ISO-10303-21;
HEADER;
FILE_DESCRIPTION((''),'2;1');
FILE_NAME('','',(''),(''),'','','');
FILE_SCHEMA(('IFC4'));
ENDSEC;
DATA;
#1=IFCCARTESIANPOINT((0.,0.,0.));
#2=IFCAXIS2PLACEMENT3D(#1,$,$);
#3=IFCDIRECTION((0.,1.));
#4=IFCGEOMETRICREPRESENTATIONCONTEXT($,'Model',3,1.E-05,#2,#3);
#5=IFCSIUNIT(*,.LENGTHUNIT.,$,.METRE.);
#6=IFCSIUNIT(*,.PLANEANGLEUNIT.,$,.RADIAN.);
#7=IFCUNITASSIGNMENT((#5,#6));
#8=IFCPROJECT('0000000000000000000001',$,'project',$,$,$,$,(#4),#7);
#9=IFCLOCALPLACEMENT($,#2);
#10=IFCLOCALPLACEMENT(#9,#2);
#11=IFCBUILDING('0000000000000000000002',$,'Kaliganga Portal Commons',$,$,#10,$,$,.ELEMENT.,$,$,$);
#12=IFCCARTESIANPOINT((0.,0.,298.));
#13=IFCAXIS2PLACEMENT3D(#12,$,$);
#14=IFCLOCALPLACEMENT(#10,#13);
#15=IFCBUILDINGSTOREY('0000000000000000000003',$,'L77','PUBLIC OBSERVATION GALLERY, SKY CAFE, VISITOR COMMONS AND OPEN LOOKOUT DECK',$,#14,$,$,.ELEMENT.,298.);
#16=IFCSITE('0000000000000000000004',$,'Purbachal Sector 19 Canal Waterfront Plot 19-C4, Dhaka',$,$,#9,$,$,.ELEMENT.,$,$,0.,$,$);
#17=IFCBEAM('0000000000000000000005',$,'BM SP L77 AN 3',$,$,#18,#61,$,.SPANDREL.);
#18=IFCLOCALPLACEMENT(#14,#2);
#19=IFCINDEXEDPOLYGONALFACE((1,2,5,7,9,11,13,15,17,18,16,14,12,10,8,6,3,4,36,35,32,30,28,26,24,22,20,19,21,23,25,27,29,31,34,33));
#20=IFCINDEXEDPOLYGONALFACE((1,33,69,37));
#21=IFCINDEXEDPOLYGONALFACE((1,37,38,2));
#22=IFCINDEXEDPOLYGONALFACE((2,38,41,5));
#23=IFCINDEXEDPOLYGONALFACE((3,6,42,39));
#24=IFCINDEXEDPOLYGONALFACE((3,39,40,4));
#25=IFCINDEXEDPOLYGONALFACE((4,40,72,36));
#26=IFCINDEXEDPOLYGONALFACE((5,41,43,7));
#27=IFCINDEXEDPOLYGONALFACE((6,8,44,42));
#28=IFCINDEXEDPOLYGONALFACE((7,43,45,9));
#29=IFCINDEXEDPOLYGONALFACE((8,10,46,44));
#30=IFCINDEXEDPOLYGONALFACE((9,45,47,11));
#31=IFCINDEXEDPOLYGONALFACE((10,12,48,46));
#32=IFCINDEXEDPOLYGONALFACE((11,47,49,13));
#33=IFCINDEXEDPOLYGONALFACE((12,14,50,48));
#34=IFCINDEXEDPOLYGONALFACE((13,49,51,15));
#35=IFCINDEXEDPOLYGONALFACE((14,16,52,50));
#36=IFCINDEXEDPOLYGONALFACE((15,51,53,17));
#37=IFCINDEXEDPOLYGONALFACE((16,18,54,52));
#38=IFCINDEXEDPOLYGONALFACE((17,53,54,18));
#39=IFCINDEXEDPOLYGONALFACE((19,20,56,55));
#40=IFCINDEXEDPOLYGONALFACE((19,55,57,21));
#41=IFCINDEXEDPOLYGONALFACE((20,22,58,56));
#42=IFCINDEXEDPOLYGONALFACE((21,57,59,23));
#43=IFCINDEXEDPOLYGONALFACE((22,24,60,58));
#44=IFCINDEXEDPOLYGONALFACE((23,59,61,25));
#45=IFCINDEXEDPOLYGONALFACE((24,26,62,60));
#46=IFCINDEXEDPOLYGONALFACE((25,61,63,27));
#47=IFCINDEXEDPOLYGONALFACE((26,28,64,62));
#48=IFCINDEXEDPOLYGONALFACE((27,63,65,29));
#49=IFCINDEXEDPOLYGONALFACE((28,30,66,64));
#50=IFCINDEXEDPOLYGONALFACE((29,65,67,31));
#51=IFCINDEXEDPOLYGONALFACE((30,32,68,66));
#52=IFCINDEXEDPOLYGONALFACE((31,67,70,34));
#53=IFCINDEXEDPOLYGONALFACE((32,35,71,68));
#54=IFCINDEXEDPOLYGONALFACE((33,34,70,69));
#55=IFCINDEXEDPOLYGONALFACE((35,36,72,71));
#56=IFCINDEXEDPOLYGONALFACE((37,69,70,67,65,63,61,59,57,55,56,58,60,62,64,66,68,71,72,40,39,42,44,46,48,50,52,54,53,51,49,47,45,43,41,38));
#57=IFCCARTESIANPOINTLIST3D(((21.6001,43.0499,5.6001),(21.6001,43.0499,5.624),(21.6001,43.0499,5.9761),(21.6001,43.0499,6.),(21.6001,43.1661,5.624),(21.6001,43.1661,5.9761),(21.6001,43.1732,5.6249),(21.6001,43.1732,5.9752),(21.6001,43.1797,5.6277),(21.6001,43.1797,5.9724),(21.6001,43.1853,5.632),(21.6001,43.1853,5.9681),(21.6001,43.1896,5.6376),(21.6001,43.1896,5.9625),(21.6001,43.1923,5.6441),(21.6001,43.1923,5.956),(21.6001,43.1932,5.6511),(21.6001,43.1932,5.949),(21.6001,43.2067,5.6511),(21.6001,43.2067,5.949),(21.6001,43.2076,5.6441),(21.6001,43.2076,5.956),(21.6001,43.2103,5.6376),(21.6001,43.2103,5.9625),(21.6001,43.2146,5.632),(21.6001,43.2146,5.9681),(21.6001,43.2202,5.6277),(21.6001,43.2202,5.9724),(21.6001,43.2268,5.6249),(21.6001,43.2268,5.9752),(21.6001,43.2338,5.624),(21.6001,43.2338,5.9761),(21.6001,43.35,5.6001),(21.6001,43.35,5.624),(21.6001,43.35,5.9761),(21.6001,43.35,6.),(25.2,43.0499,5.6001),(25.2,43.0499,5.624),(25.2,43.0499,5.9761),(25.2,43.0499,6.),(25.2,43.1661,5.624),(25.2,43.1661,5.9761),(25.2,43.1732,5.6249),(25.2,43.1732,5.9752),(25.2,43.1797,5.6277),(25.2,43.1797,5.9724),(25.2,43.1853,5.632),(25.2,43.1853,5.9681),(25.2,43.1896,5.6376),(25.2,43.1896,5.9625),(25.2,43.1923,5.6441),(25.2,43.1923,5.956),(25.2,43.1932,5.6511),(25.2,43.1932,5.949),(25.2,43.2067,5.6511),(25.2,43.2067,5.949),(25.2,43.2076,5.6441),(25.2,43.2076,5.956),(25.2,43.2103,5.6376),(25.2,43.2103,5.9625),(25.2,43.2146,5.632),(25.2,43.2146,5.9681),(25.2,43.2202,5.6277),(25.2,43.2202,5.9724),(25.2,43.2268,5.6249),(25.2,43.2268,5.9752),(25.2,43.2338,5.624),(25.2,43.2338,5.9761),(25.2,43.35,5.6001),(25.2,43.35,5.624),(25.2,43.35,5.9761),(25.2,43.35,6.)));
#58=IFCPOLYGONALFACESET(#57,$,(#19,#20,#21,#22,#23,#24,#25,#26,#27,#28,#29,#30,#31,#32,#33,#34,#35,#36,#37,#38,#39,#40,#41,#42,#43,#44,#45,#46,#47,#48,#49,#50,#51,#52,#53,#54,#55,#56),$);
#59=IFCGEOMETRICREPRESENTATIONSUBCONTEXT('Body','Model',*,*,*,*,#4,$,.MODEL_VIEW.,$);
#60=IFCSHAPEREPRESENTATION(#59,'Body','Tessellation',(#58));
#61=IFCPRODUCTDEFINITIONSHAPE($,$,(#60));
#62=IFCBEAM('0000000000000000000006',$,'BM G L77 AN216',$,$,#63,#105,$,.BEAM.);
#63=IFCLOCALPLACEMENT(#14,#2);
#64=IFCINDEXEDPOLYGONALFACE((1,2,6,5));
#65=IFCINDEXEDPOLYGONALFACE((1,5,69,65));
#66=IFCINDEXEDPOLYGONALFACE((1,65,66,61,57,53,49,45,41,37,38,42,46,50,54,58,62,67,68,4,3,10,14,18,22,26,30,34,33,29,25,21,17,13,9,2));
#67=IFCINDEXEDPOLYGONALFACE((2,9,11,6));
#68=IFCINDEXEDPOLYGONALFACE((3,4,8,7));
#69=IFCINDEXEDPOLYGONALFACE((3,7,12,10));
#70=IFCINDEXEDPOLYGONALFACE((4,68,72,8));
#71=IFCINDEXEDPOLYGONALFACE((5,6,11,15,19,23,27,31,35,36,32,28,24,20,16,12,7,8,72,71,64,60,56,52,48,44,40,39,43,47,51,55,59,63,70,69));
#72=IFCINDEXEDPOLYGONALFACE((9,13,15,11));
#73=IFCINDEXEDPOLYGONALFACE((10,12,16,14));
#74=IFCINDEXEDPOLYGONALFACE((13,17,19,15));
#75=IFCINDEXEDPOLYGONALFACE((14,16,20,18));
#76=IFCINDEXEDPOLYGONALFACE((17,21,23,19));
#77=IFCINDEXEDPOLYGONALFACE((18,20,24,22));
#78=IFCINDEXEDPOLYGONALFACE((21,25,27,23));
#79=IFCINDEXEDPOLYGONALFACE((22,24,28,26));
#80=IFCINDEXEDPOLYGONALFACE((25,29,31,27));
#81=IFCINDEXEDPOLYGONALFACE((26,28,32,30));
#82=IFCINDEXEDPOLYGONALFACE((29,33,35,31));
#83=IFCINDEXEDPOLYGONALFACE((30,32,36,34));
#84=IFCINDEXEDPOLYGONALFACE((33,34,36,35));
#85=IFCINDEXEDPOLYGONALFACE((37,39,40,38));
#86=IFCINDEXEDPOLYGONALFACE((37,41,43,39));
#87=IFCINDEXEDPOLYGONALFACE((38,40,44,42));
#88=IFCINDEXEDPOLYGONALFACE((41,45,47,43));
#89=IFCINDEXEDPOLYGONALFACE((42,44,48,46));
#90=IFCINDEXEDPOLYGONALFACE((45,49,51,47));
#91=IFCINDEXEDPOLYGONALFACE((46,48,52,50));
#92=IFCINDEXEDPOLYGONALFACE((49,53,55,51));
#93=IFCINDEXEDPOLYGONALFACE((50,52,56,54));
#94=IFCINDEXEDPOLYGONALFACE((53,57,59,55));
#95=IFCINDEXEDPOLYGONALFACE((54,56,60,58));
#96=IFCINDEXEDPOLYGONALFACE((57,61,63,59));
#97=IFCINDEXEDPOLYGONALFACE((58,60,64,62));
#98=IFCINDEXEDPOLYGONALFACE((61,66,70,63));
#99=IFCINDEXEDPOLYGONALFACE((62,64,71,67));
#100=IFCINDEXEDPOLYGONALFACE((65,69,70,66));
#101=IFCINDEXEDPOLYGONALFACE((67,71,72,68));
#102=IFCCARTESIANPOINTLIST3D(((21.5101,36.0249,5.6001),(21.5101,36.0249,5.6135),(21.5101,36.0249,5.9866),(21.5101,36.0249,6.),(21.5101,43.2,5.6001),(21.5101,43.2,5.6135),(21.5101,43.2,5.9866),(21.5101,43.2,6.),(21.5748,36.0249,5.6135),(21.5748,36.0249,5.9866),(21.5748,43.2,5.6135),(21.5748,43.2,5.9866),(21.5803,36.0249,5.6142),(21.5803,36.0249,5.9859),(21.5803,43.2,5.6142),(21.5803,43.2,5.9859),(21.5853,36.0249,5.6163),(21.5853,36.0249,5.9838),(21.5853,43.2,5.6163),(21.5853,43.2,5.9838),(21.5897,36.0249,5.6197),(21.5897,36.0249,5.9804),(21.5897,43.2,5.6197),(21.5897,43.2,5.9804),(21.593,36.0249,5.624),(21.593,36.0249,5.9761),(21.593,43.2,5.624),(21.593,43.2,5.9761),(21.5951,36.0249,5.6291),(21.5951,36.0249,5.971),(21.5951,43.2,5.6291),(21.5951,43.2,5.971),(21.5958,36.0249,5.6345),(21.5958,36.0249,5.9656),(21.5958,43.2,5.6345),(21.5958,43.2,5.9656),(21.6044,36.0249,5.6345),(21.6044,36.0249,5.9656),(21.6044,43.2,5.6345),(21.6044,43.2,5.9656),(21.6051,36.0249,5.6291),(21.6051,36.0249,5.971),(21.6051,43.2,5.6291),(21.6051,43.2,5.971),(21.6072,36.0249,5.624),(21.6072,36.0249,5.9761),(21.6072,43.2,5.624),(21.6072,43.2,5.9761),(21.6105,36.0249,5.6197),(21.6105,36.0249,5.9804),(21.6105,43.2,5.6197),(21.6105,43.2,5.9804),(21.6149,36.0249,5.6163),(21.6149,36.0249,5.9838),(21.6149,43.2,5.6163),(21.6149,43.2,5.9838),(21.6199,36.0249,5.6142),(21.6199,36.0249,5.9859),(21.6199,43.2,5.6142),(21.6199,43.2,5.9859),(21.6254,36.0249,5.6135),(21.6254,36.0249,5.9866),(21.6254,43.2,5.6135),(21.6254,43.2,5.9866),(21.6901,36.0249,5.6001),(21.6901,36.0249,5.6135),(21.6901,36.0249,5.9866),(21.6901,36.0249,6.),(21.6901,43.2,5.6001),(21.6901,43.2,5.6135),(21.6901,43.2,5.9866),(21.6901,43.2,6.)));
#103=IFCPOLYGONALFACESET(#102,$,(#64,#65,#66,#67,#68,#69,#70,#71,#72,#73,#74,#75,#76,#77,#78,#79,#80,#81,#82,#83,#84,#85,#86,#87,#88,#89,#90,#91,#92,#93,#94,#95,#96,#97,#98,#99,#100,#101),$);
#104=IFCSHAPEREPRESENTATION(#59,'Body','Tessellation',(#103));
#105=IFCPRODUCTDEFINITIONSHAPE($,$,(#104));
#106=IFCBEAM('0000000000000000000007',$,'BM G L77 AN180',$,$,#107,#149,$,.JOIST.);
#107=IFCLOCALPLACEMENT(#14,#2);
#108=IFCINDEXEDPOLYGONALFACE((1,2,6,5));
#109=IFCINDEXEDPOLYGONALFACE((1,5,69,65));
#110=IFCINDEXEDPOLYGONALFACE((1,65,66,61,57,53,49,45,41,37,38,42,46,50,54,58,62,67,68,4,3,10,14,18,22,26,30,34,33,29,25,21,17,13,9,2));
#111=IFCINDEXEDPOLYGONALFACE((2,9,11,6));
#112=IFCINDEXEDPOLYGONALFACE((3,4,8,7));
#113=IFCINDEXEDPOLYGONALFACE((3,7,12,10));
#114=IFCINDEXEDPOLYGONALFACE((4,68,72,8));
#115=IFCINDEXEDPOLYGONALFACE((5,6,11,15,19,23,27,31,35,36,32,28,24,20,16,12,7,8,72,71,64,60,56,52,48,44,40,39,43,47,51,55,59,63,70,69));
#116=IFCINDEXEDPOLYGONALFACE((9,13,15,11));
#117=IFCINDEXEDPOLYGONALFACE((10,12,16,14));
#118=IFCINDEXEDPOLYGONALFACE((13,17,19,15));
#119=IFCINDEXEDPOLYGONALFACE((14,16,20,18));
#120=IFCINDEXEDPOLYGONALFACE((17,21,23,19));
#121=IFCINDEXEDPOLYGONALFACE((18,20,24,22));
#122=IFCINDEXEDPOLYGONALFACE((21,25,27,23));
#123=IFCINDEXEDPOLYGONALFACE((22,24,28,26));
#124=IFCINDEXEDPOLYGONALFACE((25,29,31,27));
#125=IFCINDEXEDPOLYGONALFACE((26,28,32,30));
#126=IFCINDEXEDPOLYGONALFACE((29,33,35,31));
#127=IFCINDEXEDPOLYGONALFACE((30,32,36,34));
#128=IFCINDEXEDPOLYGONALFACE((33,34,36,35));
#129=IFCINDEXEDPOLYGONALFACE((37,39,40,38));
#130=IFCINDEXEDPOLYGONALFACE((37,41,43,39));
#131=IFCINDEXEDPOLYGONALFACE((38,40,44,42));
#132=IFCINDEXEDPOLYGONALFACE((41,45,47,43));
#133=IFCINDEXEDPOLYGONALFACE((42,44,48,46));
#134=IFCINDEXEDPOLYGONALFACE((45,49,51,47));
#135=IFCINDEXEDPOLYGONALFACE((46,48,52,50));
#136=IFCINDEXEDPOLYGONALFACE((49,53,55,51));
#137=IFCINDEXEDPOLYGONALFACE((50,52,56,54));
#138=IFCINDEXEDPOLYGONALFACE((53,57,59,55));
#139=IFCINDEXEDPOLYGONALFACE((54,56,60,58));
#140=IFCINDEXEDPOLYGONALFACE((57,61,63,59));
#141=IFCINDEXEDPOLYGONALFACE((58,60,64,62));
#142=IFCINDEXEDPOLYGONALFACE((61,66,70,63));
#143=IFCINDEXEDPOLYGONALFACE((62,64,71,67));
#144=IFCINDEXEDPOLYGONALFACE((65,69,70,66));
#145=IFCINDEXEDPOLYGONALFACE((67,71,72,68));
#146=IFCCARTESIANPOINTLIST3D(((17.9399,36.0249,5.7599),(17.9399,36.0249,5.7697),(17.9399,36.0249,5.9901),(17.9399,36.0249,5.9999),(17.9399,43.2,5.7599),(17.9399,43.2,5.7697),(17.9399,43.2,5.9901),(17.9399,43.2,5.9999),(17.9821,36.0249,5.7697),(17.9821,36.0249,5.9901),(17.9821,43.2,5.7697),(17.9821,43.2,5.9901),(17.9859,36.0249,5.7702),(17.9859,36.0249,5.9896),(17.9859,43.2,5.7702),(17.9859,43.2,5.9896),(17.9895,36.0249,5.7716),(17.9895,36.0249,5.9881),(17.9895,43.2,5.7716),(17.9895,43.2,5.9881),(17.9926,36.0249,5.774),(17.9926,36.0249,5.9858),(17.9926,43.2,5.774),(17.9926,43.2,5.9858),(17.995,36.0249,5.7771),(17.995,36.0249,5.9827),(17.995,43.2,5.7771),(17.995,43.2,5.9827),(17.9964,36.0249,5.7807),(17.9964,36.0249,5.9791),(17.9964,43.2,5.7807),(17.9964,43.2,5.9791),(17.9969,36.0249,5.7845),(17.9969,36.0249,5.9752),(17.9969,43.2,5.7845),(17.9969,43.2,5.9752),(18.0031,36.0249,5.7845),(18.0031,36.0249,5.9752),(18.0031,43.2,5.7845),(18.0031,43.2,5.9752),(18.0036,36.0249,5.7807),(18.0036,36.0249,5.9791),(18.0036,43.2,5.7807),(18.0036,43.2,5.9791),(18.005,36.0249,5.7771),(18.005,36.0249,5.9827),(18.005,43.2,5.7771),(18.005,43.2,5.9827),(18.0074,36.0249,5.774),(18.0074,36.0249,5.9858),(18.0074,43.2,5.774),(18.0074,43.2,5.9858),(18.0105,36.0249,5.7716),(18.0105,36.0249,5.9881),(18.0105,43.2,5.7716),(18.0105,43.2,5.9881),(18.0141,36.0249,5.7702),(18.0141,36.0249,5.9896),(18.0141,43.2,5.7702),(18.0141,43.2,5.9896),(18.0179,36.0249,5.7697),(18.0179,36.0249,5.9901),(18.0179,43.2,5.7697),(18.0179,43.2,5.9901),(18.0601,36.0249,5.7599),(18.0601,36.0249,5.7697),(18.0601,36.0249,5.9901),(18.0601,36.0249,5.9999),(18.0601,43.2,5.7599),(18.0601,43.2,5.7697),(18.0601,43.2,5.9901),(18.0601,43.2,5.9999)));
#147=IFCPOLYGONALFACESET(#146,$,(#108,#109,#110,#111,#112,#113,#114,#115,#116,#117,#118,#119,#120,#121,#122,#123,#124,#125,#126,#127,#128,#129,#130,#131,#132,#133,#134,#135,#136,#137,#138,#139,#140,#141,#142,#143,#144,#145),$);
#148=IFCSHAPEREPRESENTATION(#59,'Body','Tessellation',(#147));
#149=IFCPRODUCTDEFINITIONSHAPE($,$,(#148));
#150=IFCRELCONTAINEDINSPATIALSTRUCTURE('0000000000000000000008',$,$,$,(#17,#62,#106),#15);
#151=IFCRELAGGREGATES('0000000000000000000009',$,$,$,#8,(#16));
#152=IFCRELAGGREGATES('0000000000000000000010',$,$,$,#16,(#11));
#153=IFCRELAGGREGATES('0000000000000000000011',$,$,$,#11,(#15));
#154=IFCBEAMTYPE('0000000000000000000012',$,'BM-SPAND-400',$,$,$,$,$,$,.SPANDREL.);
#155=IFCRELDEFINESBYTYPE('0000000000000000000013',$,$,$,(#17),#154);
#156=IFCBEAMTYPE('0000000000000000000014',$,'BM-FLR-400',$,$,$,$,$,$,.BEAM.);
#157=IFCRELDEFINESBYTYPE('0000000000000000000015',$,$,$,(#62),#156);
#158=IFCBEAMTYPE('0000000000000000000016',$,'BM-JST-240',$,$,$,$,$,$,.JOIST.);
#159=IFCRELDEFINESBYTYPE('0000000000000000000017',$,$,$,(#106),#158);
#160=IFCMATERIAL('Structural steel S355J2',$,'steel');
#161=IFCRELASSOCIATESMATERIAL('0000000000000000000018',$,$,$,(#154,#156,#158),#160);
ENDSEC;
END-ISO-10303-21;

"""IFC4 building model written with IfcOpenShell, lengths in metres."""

from ifc_helpers import new_model, si_unit, direction, frame, origin, origin_2d, place, context, subcontext, project, spatial, i_section, extrude, source, transform, mapped, material, material_profile, profile_set, type_object, element, save


model = new_model("IFC4")

# Units and contexts
model_context = context("Model", 3, precision=1e-05, world=origin(), true_north=direction((0.0, 1.0)))
body_context = subcontext(model_context, "Body", "Model", "MODEL_VIEW")
ifc_project = project(units=[si_unit("LENGTHUNIT", "METRE"), si_unit("PLANEANGLEUNIT", "RADIAN")], contexts=[model_context])

# Site, building, storey
site_placement = place(None, origin())
site = spatial("IfcSite", under=ifc_project, at=site_placement, Name="Purbachal Sector 19 Canal Waterfront Plot 19-C4, Dhaka", CompositionType="ELEMENT", RefElevation=0.0)
building_placement = place(site_placement, origin())
building = spatial("IfcBuilding", under=site, at=building_placement, Name="Kaliganga Portal Commons", CompositionType="ELEMENT")
storey_placement = place(building_placement, frame((0.0, 0.0, 298.0)))
storey = spatial("IfcBuildingStorey", under=building, at=storey_placement, Name="L77", Description="PUBLIC OBSERVATION GALLERY, SKY CAFE, VISITOR COMMONS AND OPEN LOOKOUT DECK", CompositionType="ELEMENT", Elevation=298.0)

# Beams
ifc_material_1 = material(Name="Structural steel S355J2", Category="steel")
ifc_material_profile_1 = material_profile(ifc_material_1, i_section(OverallWidth=0.3, OverallDepth=0.3999, WebThickness=0.0134, FlangeThickness=0.0239, FilletRadius=0.0271, at=origin_2d()), Name="HE 400 B")
ifc_profile_set_1 = profile_set([ifc_material_profile_1], Name="Structural steel S355J2 wide-flange")
beam_type_1 = type_object("IfcBeamType", Name="BM-SPAND-400", PredefinedType="SPANDREL", material=ifc_profile_set_1)
shared_shape_1 = source(origin(), body_context, "Body", "SweptSolid", [
    extrude(i_section(OverallWidth=0.3, OverallDepth=0.3999, WebThickness=0.0134, FlangeThickness=0.0239, FilletRadius=0.0271, at=origin_2d()), origin(), (0.0, 0.0, 1.0), 3.5999),
])
beam_1_placement = place(storey_placement, frame((21.6001, 43.2, 5.8), z_axis=(1.0, 0.0, 0.0), x_axis=(0.0, 1.0, 0.0)))
element("IfcBeam", 1, at=beam_1_placement, inside=storey, type_object=beam_type_1, Name="BM SP L77 AN 3", PredefinedType="SPANDREL", context=body_context, shape_type="MappedRepresentation", body=[
    mapped(shared_shape_1, transform((0.0, 0.0, 0.0), x_axis=(1.0, 0.0, 0.0), y_axis=(0.0, 1.0, 0.0), z_axis=(0.0, 0.0, 1.0), scale=1.0)),
])
ifc_material_profile_2 = material_profile(ifc_material_1, i_section(OverallWidth=0.1799, OverallDepth=0.3999, WebThickness=0.0085, FlangeThickness=0.0134, FilletRadius=0.021, at=origin_2d()), Name="IPE 400")
ifc_profile_set_2 = profile_set([ifc_material_profile_2], Name="Structural steel S355J2 wide-flange")
beam_type_2 = type_object("IfcBeamType", Name="BM-FLR-400", PredefinedType="BEAM", material=ifc_profile_set_2)
shared_shape_2 = source(origin(), body_context, "Body", "SweptSolid", [
    extrude(i_section(OverallWidth=0.1799, OverallDepth=0.3999, WebThickness=0.0085, FlangeThickness=0.0134, FilletRadius=0.021, at=origin_2d()), origin(), (0.0, 0.0, 1.0), 7.175),
])
beam_2_placement = place(storey_placement, frame((21.6001, 36.0249, 5.8), z_axis=(0.0, 1.0, 0.0), x_axis=(-1.0, 0.0, 0.0)))
element("IfcBeam", 2, at=beam_2_placement, inside=storey, type_object=beam_type_2, Name="BM G L77 AN216", PredefinedType="BEAM", context=body_context, shape_type="MappedRepresentation", body=[
    mapped(shared_shape_2, transform((0.0, 0.0, 0.0), x_axis=(1.0, 0.0, 0.0), y_axis=(0.0, 1.0, 0.0), z_axis=(0.0, 0.0, 1.0), scale=1.0)),
])
ifc_material_profile_3 = material_profile(ifc_material_1, i_section(OverallWidth=0.1201, OverallDepth=0.24, WebThickness=0.0061, FlangeThickness=0.0098, FilletRadius=0.0149, at=origin_2d()), Name="IPE 240")
ifc_profile_set_3 = profile_set([ifc_material_profile_3], Name="Structural steel S355J2 wide-flange")
beam_type_3 = type_object("IfcBeamType", Name="BM-JST-240", PredefinedType="JOIST", material=ifc_profile_set_3)
shared_shape_3 = source(origin(), body_context, "Body", "SweptSolid", [
    extrude(i_section(OverallWidth=0.1201, OverallDepth=0.24, WebThickness=0.0061, FlangeThickness=0.0098, FilletRadius=0.0149, at=origin_2d()), origin(), (0.0, 0.0, 1.0), 7.175),
])
beam_3_placement = place(storey_placement, frame((18.0, 36.0249, 5.8799), z_axis=(0.0, 1.0, 0.0), x_axis=(-1.0, 0.0, 0.0)))
element("IfcBeam", 3, at=beam_3_placement, inside=storey, type_object=beam_type_3, Name="BM G L77 AN180", PredefinedType="JOIST", context=body_context, shape_type="MappedRepresentation", body=[
    mapped(shared_shape_3, transform((0.0, 0.0, 0.0), x_axis=(1.0, 0.0, 0.0), y_axis=(0.0, 1.0, 0.0), z_axis=(0.0, 0.0, 1.0), scale=1.0)),
])

save(model, "model.ifc")
